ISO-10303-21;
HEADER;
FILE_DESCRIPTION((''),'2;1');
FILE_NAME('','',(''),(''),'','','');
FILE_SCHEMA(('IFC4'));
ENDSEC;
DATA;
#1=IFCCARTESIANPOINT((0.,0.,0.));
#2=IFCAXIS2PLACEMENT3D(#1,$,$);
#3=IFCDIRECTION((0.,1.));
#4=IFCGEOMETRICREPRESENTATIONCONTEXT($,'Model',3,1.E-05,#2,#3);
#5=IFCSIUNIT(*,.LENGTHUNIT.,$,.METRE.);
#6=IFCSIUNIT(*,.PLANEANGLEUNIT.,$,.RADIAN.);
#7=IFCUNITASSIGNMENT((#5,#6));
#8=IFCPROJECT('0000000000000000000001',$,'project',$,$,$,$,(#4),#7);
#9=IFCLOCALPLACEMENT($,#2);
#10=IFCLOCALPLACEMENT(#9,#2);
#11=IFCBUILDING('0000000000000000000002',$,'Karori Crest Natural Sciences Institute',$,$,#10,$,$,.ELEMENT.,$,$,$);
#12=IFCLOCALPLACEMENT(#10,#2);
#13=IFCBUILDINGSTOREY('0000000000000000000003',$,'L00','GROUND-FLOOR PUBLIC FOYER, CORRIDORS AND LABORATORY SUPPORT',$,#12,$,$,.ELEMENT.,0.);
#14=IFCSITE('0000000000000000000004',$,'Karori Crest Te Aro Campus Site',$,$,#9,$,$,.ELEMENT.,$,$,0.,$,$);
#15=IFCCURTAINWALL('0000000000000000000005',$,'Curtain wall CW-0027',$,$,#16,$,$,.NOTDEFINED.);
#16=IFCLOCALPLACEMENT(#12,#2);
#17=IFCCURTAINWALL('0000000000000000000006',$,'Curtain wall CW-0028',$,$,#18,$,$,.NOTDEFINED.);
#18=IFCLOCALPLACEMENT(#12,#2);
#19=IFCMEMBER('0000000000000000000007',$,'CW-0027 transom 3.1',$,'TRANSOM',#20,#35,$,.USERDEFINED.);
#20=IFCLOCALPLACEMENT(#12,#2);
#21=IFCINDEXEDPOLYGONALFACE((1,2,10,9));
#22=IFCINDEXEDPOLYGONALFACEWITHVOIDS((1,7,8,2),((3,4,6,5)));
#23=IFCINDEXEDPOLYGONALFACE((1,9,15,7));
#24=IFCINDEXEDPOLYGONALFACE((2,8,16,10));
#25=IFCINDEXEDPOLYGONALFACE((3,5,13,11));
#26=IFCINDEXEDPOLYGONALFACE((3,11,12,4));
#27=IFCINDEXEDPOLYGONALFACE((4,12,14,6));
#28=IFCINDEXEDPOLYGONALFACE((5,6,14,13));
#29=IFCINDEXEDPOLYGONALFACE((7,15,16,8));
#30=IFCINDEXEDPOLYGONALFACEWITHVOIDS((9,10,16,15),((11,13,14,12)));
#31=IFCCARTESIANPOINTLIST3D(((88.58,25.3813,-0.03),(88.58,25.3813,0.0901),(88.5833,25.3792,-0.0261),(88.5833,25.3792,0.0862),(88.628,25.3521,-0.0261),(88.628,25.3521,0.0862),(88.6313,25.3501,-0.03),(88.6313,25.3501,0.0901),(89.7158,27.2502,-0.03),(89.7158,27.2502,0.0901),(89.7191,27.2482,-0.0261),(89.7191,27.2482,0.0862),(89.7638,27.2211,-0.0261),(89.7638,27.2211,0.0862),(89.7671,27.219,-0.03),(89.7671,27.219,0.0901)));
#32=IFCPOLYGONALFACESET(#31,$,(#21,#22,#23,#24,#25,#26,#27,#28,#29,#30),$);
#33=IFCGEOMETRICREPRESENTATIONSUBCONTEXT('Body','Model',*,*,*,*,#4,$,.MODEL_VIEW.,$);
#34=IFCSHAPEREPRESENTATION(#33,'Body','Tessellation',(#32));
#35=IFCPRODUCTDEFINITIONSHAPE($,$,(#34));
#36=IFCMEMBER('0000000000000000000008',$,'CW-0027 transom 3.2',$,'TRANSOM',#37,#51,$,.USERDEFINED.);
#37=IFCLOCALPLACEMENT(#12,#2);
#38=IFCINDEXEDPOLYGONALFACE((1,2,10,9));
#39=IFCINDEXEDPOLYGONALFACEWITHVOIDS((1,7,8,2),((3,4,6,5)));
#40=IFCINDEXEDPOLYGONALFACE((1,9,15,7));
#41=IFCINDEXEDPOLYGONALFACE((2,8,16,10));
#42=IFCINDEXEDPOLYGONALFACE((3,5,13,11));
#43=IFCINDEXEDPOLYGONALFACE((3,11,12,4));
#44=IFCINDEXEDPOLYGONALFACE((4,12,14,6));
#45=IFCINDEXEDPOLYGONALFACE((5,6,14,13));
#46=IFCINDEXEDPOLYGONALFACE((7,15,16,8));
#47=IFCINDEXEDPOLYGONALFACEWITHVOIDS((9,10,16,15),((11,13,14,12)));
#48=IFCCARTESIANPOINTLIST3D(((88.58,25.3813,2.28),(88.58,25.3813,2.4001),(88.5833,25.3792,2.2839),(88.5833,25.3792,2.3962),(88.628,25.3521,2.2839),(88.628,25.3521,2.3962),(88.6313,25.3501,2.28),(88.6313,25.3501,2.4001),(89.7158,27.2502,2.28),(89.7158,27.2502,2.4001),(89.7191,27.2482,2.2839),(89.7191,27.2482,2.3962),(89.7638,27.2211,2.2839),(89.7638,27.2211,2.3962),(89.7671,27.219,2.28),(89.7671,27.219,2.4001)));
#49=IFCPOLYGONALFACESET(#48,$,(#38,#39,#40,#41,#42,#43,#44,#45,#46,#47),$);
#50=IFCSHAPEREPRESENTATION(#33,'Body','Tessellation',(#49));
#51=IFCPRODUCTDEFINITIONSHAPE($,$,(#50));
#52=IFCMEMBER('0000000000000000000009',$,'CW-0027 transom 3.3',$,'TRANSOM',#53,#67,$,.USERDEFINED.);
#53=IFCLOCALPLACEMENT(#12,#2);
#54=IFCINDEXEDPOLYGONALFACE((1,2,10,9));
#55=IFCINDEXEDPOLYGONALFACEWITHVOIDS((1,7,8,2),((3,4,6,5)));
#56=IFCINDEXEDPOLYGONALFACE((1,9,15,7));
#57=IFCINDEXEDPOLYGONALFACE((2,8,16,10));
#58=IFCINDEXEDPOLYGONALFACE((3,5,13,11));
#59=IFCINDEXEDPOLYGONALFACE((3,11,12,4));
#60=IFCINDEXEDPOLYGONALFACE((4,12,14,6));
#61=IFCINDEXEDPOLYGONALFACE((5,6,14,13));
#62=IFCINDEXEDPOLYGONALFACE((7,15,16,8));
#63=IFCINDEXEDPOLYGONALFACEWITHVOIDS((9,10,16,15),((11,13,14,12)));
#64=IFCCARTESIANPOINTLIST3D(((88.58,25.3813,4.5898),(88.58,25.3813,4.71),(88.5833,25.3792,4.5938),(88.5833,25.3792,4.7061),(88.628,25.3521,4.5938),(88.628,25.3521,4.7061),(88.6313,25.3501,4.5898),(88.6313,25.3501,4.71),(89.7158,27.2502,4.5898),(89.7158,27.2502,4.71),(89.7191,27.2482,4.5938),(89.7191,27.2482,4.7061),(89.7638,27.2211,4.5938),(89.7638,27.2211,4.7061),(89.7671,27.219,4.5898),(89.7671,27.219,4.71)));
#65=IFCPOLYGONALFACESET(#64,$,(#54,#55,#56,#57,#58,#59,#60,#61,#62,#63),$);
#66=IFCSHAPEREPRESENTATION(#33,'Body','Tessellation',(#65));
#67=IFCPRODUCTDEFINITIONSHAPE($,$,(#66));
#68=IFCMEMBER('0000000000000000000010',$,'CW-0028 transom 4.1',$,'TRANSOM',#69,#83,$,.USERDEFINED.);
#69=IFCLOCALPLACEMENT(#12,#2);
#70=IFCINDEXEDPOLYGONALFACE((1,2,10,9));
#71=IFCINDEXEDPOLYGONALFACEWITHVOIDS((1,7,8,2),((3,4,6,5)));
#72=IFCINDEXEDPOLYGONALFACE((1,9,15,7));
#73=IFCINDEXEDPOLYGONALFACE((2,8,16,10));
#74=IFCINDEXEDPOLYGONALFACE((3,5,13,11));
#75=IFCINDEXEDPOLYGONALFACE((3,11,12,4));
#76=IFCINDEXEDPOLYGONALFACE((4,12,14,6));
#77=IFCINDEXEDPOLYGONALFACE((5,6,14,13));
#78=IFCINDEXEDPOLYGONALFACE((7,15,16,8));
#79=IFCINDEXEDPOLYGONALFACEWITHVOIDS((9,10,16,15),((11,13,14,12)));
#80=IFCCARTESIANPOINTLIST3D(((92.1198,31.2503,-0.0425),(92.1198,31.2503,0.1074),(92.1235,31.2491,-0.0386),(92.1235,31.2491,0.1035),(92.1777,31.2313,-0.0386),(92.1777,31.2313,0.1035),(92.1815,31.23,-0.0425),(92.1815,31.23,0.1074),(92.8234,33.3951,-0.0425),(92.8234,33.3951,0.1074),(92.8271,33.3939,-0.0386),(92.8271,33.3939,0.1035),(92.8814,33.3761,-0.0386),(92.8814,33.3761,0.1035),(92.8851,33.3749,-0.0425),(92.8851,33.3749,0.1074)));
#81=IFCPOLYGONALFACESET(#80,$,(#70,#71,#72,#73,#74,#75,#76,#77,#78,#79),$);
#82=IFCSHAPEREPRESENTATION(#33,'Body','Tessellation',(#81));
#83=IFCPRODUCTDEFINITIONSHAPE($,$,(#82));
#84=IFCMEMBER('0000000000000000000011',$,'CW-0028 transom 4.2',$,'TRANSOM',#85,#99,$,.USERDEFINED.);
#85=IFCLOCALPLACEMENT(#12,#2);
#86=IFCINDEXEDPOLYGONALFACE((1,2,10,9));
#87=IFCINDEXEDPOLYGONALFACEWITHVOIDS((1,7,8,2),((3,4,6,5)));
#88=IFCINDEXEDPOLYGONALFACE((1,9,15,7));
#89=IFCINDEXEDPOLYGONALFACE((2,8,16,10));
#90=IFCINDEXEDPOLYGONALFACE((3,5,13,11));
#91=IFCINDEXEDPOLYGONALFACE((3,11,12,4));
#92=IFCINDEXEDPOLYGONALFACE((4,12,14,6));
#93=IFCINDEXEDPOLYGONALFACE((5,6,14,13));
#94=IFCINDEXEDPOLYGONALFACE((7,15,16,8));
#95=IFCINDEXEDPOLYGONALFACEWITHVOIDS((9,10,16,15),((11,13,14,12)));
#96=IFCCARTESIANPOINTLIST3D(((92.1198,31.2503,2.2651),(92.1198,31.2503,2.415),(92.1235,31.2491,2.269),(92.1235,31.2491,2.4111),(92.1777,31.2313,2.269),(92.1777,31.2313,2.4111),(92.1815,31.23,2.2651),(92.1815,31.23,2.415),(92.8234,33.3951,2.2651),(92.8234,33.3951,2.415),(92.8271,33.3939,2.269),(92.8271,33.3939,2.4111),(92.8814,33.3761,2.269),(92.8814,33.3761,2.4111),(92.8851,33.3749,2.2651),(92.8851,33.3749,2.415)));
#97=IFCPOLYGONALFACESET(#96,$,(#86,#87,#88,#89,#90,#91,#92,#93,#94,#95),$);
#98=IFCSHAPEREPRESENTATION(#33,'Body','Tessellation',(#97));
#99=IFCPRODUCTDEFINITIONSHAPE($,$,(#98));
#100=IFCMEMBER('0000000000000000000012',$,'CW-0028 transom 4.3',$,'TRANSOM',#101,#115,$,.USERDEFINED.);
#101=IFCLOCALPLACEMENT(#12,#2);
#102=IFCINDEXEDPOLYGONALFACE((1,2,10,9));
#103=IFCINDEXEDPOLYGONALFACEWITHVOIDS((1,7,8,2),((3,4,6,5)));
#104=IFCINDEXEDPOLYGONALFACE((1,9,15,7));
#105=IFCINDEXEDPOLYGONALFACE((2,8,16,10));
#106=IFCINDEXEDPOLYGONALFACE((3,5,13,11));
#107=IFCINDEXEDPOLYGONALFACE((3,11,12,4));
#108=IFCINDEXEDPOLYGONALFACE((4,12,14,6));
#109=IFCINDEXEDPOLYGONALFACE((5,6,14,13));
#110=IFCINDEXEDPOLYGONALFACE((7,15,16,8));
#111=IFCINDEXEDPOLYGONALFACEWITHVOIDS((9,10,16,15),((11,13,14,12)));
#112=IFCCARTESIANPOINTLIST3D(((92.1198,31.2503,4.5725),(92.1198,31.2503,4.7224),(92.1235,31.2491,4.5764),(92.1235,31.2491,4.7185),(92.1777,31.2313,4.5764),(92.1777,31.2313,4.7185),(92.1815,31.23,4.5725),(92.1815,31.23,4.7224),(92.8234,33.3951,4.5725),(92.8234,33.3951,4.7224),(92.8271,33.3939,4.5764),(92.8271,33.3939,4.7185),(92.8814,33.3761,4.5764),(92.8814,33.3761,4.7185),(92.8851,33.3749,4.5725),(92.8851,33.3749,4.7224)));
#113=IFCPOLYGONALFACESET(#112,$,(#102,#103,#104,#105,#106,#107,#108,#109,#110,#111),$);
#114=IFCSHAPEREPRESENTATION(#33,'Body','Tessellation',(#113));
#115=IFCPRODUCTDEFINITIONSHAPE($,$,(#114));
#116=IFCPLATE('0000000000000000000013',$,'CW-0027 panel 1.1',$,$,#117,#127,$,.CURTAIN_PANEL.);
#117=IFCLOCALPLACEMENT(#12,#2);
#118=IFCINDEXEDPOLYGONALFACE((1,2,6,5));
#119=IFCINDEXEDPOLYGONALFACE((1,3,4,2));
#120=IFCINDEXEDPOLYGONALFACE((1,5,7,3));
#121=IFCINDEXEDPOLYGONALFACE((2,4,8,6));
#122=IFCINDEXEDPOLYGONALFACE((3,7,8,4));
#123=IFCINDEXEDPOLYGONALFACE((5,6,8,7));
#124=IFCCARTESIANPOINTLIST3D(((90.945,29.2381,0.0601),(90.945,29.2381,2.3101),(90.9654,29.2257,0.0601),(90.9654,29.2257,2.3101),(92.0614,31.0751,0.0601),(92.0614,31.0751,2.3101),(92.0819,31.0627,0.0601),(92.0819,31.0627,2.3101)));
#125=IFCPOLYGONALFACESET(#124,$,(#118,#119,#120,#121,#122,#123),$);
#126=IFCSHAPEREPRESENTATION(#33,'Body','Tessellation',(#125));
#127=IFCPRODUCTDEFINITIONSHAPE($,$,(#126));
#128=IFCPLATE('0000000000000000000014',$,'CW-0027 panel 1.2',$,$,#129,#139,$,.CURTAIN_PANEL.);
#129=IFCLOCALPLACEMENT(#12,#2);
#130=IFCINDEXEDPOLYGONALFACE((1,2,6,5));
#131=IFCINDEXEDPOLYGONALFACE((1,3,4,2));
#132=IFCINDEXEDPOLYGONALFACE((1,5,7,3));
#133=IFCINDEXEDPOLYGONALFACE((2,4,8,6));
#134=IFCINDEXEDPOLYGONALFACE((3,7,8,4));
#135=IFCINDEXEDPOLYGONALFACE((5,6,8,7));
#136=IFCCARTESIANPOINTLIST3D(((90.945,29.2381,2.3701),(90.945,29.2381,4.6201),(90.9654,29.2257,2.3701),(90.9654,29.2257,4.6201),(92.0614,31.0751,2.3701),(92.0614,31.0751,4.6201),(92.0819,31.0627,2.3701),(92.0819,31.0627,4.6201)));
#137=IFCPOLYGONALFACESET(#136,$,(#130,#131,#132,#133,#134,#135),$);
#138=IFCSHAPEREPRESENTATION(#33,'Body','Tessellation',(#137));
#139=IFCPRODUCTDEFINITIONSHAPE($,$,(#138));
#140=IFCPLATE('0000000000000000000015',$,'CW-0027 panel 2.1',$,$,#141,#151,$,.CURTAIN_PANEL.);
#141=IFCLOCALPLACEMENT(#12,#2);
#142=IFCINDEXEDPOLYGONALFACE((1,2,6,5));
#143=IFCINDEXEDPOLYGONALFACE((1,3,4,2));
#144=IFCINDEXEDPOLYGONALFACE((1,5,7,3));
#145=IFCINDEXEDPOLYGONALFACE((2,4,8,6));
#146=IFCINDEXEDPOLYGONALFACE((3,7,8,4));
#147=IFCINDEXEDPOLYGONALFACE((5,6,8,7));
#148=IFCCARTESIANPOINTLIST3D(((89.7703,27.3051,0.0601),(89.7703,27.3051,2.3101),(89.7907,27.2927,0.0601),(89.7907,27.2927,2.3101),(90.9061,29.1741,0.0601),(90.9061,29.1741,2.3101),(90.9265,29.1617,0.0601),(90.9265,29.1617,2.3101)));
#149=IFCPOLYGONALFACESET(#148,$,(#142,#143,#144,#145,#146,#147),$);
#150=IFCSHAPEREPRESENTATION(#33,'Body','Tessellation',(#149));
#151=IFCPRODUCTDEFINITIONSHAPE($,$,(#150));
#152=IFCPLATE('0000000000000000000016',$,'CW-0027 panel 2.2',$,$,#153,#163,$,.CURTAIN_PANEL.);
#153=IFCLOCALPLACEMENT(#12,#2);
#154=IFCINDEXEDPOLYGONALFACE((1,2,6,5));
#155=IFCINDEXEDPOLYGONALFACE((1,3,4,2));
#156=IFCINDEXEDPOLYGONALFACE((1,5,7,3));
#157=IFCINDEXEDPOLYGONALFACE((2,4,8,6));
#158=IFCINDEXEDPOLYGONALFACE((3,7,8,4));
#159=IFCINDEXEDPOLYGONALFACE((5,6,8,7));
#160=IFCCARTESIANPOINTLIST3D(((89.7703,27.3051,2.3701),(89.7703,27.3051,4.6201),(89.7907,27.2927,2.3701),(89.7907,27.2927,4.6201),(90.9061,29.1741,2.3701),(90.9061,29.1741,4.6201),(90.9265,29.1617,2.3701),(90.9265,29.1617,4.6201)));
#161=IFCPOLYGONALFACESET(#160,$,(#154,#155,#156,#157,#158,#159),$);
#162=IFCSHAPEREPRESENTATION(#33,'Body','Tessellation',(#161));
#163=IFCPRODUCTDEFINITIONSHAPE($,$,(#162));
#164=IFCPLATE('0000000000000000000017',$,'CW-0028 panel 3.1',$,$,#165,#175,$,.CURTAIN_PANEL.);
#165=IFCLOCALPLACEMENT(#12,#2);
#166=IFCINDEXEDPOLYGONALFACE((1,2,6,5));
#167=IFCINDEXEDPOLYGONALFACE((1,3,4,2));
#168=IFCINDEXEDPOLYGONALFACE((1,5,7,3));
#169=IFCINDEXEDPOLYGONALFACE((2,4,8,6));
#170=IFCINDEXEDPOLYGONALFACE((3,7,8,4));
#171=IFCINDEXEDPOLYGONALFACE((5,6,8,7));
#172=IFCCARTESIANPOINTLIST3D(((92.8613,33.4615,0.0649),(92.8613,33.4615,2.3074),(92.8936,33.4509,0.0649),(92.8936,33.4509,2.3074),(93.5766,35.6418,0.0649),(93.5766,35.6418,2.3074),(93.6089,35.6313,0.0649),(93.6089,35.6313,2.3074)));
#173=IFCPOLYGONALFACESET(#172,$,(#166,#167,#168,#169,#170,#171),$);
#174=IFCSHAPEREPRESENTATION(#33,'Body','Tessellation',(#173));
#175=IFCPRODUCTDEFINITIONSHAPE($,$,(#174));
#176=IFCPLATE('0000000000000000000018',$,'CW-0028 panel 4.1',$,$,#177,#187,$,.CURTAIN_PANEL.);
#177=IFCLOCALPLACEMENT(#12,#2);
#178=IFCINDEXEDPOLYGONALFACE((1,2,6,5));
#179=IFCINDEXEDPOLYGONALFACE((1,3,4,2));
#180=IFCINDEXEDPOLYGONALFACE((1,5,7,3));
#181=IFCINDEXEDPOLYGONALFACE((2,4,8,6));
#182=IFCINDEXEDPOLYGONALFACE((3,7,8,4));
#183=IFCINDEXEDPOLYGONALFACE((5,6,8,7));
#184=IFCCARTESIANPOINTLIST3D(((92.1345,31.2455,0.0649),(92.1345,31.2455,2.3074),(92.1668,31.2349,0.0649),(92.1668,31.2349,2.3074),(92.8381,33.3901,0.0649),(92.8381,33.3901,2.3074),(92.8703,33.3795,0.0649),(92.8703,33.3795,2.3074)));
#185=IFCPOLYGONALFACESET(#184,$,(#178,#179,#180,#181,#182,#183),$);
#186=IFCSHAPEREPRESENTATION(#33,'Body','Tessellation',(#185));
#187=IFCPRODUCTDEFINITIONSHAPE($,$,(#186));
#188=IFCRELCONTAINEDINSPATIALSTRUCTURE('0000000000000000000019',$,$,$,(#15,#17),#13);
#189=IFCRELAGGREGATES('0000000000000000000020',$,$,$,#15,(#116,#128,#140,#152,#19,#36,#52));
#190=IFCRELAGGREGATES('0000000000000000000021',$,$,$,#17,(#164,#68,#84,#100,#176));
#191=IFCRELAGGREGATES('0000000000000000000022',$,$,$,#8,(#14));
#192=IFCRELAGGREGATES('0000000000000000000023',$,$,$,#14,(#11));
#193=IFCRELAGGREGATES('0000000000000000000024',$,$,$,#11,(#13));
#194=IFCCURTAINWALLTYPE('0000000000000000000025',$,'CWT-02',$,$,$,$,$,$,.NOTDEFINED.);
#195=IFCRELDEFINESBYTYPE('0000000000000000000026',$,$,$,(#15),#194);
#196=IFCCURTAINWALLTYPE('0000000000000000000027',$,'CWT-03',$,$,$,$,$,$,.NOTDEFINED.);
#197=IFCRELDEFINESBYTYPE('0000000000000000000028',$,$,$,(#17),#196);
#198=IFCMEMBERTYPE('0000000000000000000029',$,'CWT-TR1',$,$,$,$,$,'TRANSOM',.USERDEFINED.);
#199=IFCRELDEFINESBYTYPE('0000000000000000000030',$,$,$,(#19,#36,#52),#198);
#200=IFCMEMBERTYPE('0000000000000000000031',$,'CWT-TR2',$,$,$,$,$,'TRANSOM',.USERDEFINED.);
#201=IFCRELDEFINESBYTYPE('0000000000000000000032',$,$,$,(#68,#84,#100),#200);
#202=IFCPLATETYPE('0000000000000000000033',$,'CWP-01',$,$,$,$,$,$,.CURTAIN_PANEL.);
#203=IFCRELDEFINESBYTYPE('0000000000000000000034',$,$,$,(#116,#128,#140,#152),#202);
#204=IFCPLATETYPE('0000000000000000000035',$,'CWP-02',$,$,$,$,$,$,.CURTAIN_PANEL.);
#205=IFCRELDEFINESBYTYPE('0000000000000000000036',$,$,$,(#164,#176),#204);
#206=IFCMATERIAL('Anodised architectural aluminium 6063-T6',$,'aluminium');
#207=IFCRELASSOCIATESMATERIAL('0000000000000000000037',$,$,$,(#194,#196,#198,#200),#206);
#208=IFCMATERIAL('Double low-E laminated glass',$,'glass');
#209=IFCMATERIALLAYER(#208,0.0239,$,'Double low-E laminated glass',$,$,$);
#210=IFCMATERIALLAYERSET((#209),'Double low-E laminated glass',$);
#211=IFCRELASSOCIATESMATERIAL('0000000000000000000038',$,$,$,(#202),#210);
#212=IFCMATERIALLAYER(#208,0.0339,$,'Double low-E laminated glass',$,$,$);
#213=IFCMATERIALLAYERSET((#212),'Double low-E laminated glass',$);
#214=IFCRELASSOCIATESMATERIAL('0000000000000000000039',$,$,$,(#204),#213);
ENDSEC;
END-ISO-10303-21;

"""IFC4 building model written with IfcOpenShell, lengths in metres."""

from ifc_helpers import new_model, si_unit, direction, frame, origin, origin_2d, place, context, subcontext, project, spatial, rectangle, hollow_rectangle, extrude, material, layer, layer_set, material_profile, profile_set, type_object, element, aggregate, save


model = new_model("IFC4")

# Units and contexts
model_context = context("Model", 3, precision=1e-05, world=origin(), true_north=direction((0.0, 1.0)))
body_context = subcontext(model_context, "Body", "Model", "MODEL_VIEW")
ifc_project = project(units=[si_unit("LENGTHUNIT", "METRE"), si_unit("PLANEANGLEUNIT", "RADIAN")], contexts=[model_context])

# Site, building, storey
site_placement = place(None, origin())
site = spatial("IfcSite", under=ifc_project, at=site_placement, Name="Karori Crest Te Aro Campus Site", CompositionType="ELEMENT", RefElevation=0.0)
building_placement = place(site_placement, origin())
building = spatial("IfcBuilding", under=site, at=building_placement, Name="Karori Crest Natural Sciences Institute", CompositionType="ELEMENT")
storey_placement = place(building_placement, origin())
storey = spatial("IfcBuildingStorey", under=building, at=storey_placement, Name="L00", Description="GROUND-FLOOR PUBLIC FOYER, CORRIDORS AND LABORATORY SUPPORT", CompositionType="ELEMENT", Elevation=0.0)

# Curtain walls
ifc_material_1 = material(Name="Anodised architectural aluminium 6063-T6", Category="aluminium")
curtain_wall_type_1 = type_object("IfcCurtainWallType", Name="CWT-02", PredefinedType="NOTDEFINED", material=ifc_material_1)
curtain_wall_1_placement = place(storey_placement, origin())
curtain_wall_1 = element("IfcCurtainWall", 1, at=curtain_wall_1_placement, inside=storey, type_object=curtain_wall_type_1, Name="Curtain wall CW-0027", PredefinedType="NOTDEFINED")
curtain_wall_type_2 = type_object("IfcCurtainWallType", Name="CWT-03", PredefinedType="NOTDEFINED", material=ifc_material_1)
curtain_wall_2_placement = place(storey_placement, origin())
curtain_wall_2 = element("IfcCurtainWall", 2, at=curtain_wall_2_placement, inside=storey, type_object=curtain_wall_type_2, Name="Curtain wall CW-0028", PredefinedType="NOTDEFINED")

# Members
ifc_material_profile_1 = material_profile(ifc_material_1, hollow_rectangle(XDim=0.0601, YDim=0.1201, WallThickness=0.0039, at=origin_2d()), Name="CWT120x60x4")
ifc_profile_set_1 = profile_set([ifc_material_profile_1], Name="Anodised architectural aluminium 6063-T6")
member_type_1 = type_object("IfcMemberType", Name="CWT-TR1", ElementType="TRANSOM", PredefinedType="USERDEFINED", material=ifc_profile_set_1)
member_1_placement = place(storey_placement, frame((89.7415, 27.2346, 0.03), z_axis=(-0.519331, -0.854573, 0.0), x_axis=(0.854573, -0.519331, 0.0)))
member_1 = element("IfcMember", 3, at=member_1_placement, type_object=member_type_1, Name="CW-0027 transom 3.1", ObjectType="TRANSOM", PredefinedType="USERDEFINED", context=body_context, shape_type="SweptSolid", body=[
    extrude(hollow_rectangle(XDim=0.0601, YDim=0.1201, WallThickness=0.0039, at=origin_2d()), origin(), (0.0, 0.0, 1.0), 2.187),
])
member_2_placement = place(storey_placement, frame((89.7415, 27.2346, 2.3401), z_axis=(-0.519331, -0.854573, 0.0), x_axis=(0.854573, -0.519331, 0.0)))
member_2 = element("IfcMember", 4, at=member_2_placement, type_object=member_type_1, Name="CW-0027 transom 3.2", ObjectType="TRANSOM", PredefinedType="USERDEFINED", context=body_context, shape_type="SweptSolid", body=[
    extrude(hollow_rectangle(XDim=0.0601, YDim=0.1201, WallThickness=0.0039, at=origin_2d()), origin(), (0.0, 0.0, 1.0), 2.187),
])
member_3_placement = place(storey_placement, frame((89.7415, 27.2346, 4.6499), z_axis=(-0.519331, -0.854573, 0.0), x_axis=(0.854573, -0.519331, 0.0)))
member_3 = element("IfcMember", 5, at=member_3_placement, type_object=member_type_1, Name="CW-0027 transom 3.3", ObjectType="TRANSOM", PredefinedType="USERDEFINED", context=body_context, shape_type="SweptSolid", body=[
    extrude(hollow_rectangle(XDim=0.0601, YDim=0.1201, WallThickness=0.0039, at=origin_2d()), origin(), (0.0, 0.0, 1.0), 2.187),
])
ifc_material_profile_2 = material_profile(ifc_material_1, hollow_rectangle(XDim=0.0649, YDim=0.1499, WallThickness=0.0039, at=origin_2d()), Name="CWT150x65x4")
ifc_profile_set_2 = profile_set([ifc_material_profile_2], Name="Anodised architectural aluminium 6063-T6")
member_type_2 = type_object("IfcMemberType", Name="CWT-TR2", ElementType="TRANSOM", PredefinedType="USERDEFINED", material=ifc_profile_set_2)
member_4_placement = place(storey_placement, frame((92.8542, 33.385, 0.0325), z_axis=(-0.311714, -0.950176, 0.0), x_axis=(0.950176, -0.311714, 0.0)))
member_4 = element("IfcMember", 6, at=member_4_placement, type_object=member_type_2, Name="CW-0028 transom 4.1", ObjectType="TRANSOM", PredefinedType="USERDEFINED", context=body_context, shape_type="SweptSolid", body=[
    extrude(hollow_rectangle(XDim=0.0649, YDim=0.1499, WallThickness=0.0039, at=origin_2d()), origin(), (0.0, 0.0, 1.0), 2.2573),
])
member_5_placement = place(storey_placement, frame((92.8542, 33.385, 2.3401), z_axis=(-0.311714, -0.950176, 0.0), x_axis=(0.950176, -0.311714, 0.0)))
member_5 = element("IfcMember", 7, at=member_5_placement, type_object=member_type_2, Name="CW-0028 transom 4.2", ObjectType="TRANSOM", PredefinedType="USERDEFINED", context=body_context, shape_type="SweptSolid", body=[
    extrude(hollow_rectangle(XDim=0.0649, YDim=0.1499, WallThickness=0.0039, at=origin_2d()), origin(), (0.0, 0.0, 1.0), 2.2573),
])
member_6_placement = place(storey_placement, frame((92.8542, 33.385, 4.6475), z_axis=(-0.311714, -0.950176, 0.0), x_axis=(0.950176, -0.311714, 0.0)))
member_6 = element("IfcMember", 8, at=member_6_placement, type_object=member_type_2, Name="CW-0028 transom 4.3", ObjectType="TRANSOM", PredefinedType="USERDEFINED", context=body_context, shape_type="SweptSolid", body=[
    extrude(hollow_rectangle(XDim=0.0649, YDim=0.1499, WallThickness=0.0039, at=origin_2d()), origin(), (0.0, 0.0, 1.0), 2.2573),
])

# Plates
ifc_material_2 = material(Name="Double low-E laminated glass", Category="glass")
ifc_layer_1 = layer(ifc_material_2, 0.0239, Name="Double low-E laminated glass")
ifc_layer_set_1 = layer_set([ifc_layer_1], Name="Double low-E laminated glass")
plate_type_1 = type_object("IfcPlateType", Name="CWP-01", PredefinedType="CURTAIN_PANEL", material=ifc_layer_set_1)
plate_1_placement = place(storey_placement, frame((91.5134, 30.1504, 0.0601), z_axis=(0.0, 0.0, 1.0), x_axis=(-0.519341, -0.854567, 0.0)))
plate_1 = element("IfcPlate", 9, at=plate_1_placement, type_object=plate_type_1, Name="CW-0027 panel 1.1", PredefinedType="CURTAIN_PANEL", context=body_context, shape_type="SweptSolid", body=[
    extrude(rectangle(XDim=2.1497, YDim=0.0239, at=origin_2d()), origin(), (0.0, 0.0, 1.0), 2.25),
])
plate_2_placement = place(storey_placement, frame((91.5134, 30.1504, 2.3701), z_axis=(0.0, 0.0, 1.0), x_axis=(-0.519341, -0.854567, 0.0)))
plate_2 = element("IfcPlate", 10, at=plate_2_placement, type_object=plate_type_1, Name="CW-0027 panel 1.2", PredefinedType="CURTAIN_PANEL", context=body_context, shape_type="SweptSolid", body=[
    extrude(rectangle(XDim=2.1497, YDim=0.0239, at=origin_2d()), origin(), (0.0, 0.0, 1.0), 2.25),
])
plate_3_placement = place(storey_placement, frame((90.3484, 28.2334, 0.0601), z_axis=(0.0, 0.0, 1.0), x_axis=(-0.519341, -0.854567, 0.0)))
plate_3 = element("IfcPlate", 11, at=plate_3_placement, type_object=plate_type_1, Name="CW-0027 panel 2.1", PredefinedType="CURTAIN_PANEL", context=body_context, shape_type="SweptSolid", body=[
    extrude(rectangle(XDim=2.187, YDim=0.0239, at=origin_2d()), origin(), (0.0, 0.0, 1.0), 2.25),
])
plate_4_placement = place(storey_placement, frame((90.3484, 28.2334, 2.3701), z_axis=(0.0, 0.0, 1.0), x_axis=(-0.519341, -0.854567, 0.0)))
plate_4 = element("IfcPlate", 12, at=plate_4_placement, type_object=plate_type_1, Name="CW-0027 panel 2.2", PredefinedType="CURTAIN_PANEL", context=body_context, shape_type="SweptSolid", body=[
    extrude(rectangle(XDim=2.187, YDim=0.0239, at=origin_2d()), origin(), (0.0, 0.0, 1.0), 2.25),
])
aggregate(curtain_wall_1, [plate_1, plate_2, plate_3, plate_4, member_1, member_2, member_3])
ifc_layer_2 = layer(ifc_material_2, 0.0339, Name="Double low-E laminated glass")
ifc_layer_set_2 = layer_set([ifc_layer_2], Name="Double low-E laminated glass")
plate_type_2 = type_object("IfcPlateType", Name="CWP-02", PredefinedType="CURTAIN_PANEL", material=ifc_layer_set_2)
plate_5_placement = place(storey_placement, frame((93.2351, 34.5464, 0.0649), z_axis=(0.0, 0.0, 1.0), x_axis=(-0.311714, -0.950176, 0.0)))
plate_5 = element("IfcPlate", 13, at=plate_5_placement, type_object=plate_type_2, Name="CW-0028 panel 3.1", PredefinedType="CURTAIN_PANEL", context=body_context, shape_type="SweptSolid", body=[
    extrude(rectangle(XDim=2.2947, YDim=0.0339, at=origin_2d()), origin(), (0.0, 0.0, 1.0), 2.2424),
])
plate_6_placement = place(storey_placement, frame((92.5024, 32.3125, 0.0649), z_axis=(0.0, 0.0, 1.0), x_axis=(-0.311714, -0.950176, 0.0)))
plate_6 = element("IfcPlate", 14, at=plate_6_placement, type_object=plate_type_2, Name="CW-0028 panel 4.1", PredefinedType="CURTAIN_PANEL", context=body_context, shape_type="SweptSolid", body=[
    extrude(rectangle(XDim=2.2571, YDim=0.0339, at=origin_2d()), origin(), (0.0, 0.0, 1.0), 2.2424),
])
aggregate(curtain_wall_2, [plate_5, member_4, member_5, member_6, plate_6])

save(model, "model.ifc")
